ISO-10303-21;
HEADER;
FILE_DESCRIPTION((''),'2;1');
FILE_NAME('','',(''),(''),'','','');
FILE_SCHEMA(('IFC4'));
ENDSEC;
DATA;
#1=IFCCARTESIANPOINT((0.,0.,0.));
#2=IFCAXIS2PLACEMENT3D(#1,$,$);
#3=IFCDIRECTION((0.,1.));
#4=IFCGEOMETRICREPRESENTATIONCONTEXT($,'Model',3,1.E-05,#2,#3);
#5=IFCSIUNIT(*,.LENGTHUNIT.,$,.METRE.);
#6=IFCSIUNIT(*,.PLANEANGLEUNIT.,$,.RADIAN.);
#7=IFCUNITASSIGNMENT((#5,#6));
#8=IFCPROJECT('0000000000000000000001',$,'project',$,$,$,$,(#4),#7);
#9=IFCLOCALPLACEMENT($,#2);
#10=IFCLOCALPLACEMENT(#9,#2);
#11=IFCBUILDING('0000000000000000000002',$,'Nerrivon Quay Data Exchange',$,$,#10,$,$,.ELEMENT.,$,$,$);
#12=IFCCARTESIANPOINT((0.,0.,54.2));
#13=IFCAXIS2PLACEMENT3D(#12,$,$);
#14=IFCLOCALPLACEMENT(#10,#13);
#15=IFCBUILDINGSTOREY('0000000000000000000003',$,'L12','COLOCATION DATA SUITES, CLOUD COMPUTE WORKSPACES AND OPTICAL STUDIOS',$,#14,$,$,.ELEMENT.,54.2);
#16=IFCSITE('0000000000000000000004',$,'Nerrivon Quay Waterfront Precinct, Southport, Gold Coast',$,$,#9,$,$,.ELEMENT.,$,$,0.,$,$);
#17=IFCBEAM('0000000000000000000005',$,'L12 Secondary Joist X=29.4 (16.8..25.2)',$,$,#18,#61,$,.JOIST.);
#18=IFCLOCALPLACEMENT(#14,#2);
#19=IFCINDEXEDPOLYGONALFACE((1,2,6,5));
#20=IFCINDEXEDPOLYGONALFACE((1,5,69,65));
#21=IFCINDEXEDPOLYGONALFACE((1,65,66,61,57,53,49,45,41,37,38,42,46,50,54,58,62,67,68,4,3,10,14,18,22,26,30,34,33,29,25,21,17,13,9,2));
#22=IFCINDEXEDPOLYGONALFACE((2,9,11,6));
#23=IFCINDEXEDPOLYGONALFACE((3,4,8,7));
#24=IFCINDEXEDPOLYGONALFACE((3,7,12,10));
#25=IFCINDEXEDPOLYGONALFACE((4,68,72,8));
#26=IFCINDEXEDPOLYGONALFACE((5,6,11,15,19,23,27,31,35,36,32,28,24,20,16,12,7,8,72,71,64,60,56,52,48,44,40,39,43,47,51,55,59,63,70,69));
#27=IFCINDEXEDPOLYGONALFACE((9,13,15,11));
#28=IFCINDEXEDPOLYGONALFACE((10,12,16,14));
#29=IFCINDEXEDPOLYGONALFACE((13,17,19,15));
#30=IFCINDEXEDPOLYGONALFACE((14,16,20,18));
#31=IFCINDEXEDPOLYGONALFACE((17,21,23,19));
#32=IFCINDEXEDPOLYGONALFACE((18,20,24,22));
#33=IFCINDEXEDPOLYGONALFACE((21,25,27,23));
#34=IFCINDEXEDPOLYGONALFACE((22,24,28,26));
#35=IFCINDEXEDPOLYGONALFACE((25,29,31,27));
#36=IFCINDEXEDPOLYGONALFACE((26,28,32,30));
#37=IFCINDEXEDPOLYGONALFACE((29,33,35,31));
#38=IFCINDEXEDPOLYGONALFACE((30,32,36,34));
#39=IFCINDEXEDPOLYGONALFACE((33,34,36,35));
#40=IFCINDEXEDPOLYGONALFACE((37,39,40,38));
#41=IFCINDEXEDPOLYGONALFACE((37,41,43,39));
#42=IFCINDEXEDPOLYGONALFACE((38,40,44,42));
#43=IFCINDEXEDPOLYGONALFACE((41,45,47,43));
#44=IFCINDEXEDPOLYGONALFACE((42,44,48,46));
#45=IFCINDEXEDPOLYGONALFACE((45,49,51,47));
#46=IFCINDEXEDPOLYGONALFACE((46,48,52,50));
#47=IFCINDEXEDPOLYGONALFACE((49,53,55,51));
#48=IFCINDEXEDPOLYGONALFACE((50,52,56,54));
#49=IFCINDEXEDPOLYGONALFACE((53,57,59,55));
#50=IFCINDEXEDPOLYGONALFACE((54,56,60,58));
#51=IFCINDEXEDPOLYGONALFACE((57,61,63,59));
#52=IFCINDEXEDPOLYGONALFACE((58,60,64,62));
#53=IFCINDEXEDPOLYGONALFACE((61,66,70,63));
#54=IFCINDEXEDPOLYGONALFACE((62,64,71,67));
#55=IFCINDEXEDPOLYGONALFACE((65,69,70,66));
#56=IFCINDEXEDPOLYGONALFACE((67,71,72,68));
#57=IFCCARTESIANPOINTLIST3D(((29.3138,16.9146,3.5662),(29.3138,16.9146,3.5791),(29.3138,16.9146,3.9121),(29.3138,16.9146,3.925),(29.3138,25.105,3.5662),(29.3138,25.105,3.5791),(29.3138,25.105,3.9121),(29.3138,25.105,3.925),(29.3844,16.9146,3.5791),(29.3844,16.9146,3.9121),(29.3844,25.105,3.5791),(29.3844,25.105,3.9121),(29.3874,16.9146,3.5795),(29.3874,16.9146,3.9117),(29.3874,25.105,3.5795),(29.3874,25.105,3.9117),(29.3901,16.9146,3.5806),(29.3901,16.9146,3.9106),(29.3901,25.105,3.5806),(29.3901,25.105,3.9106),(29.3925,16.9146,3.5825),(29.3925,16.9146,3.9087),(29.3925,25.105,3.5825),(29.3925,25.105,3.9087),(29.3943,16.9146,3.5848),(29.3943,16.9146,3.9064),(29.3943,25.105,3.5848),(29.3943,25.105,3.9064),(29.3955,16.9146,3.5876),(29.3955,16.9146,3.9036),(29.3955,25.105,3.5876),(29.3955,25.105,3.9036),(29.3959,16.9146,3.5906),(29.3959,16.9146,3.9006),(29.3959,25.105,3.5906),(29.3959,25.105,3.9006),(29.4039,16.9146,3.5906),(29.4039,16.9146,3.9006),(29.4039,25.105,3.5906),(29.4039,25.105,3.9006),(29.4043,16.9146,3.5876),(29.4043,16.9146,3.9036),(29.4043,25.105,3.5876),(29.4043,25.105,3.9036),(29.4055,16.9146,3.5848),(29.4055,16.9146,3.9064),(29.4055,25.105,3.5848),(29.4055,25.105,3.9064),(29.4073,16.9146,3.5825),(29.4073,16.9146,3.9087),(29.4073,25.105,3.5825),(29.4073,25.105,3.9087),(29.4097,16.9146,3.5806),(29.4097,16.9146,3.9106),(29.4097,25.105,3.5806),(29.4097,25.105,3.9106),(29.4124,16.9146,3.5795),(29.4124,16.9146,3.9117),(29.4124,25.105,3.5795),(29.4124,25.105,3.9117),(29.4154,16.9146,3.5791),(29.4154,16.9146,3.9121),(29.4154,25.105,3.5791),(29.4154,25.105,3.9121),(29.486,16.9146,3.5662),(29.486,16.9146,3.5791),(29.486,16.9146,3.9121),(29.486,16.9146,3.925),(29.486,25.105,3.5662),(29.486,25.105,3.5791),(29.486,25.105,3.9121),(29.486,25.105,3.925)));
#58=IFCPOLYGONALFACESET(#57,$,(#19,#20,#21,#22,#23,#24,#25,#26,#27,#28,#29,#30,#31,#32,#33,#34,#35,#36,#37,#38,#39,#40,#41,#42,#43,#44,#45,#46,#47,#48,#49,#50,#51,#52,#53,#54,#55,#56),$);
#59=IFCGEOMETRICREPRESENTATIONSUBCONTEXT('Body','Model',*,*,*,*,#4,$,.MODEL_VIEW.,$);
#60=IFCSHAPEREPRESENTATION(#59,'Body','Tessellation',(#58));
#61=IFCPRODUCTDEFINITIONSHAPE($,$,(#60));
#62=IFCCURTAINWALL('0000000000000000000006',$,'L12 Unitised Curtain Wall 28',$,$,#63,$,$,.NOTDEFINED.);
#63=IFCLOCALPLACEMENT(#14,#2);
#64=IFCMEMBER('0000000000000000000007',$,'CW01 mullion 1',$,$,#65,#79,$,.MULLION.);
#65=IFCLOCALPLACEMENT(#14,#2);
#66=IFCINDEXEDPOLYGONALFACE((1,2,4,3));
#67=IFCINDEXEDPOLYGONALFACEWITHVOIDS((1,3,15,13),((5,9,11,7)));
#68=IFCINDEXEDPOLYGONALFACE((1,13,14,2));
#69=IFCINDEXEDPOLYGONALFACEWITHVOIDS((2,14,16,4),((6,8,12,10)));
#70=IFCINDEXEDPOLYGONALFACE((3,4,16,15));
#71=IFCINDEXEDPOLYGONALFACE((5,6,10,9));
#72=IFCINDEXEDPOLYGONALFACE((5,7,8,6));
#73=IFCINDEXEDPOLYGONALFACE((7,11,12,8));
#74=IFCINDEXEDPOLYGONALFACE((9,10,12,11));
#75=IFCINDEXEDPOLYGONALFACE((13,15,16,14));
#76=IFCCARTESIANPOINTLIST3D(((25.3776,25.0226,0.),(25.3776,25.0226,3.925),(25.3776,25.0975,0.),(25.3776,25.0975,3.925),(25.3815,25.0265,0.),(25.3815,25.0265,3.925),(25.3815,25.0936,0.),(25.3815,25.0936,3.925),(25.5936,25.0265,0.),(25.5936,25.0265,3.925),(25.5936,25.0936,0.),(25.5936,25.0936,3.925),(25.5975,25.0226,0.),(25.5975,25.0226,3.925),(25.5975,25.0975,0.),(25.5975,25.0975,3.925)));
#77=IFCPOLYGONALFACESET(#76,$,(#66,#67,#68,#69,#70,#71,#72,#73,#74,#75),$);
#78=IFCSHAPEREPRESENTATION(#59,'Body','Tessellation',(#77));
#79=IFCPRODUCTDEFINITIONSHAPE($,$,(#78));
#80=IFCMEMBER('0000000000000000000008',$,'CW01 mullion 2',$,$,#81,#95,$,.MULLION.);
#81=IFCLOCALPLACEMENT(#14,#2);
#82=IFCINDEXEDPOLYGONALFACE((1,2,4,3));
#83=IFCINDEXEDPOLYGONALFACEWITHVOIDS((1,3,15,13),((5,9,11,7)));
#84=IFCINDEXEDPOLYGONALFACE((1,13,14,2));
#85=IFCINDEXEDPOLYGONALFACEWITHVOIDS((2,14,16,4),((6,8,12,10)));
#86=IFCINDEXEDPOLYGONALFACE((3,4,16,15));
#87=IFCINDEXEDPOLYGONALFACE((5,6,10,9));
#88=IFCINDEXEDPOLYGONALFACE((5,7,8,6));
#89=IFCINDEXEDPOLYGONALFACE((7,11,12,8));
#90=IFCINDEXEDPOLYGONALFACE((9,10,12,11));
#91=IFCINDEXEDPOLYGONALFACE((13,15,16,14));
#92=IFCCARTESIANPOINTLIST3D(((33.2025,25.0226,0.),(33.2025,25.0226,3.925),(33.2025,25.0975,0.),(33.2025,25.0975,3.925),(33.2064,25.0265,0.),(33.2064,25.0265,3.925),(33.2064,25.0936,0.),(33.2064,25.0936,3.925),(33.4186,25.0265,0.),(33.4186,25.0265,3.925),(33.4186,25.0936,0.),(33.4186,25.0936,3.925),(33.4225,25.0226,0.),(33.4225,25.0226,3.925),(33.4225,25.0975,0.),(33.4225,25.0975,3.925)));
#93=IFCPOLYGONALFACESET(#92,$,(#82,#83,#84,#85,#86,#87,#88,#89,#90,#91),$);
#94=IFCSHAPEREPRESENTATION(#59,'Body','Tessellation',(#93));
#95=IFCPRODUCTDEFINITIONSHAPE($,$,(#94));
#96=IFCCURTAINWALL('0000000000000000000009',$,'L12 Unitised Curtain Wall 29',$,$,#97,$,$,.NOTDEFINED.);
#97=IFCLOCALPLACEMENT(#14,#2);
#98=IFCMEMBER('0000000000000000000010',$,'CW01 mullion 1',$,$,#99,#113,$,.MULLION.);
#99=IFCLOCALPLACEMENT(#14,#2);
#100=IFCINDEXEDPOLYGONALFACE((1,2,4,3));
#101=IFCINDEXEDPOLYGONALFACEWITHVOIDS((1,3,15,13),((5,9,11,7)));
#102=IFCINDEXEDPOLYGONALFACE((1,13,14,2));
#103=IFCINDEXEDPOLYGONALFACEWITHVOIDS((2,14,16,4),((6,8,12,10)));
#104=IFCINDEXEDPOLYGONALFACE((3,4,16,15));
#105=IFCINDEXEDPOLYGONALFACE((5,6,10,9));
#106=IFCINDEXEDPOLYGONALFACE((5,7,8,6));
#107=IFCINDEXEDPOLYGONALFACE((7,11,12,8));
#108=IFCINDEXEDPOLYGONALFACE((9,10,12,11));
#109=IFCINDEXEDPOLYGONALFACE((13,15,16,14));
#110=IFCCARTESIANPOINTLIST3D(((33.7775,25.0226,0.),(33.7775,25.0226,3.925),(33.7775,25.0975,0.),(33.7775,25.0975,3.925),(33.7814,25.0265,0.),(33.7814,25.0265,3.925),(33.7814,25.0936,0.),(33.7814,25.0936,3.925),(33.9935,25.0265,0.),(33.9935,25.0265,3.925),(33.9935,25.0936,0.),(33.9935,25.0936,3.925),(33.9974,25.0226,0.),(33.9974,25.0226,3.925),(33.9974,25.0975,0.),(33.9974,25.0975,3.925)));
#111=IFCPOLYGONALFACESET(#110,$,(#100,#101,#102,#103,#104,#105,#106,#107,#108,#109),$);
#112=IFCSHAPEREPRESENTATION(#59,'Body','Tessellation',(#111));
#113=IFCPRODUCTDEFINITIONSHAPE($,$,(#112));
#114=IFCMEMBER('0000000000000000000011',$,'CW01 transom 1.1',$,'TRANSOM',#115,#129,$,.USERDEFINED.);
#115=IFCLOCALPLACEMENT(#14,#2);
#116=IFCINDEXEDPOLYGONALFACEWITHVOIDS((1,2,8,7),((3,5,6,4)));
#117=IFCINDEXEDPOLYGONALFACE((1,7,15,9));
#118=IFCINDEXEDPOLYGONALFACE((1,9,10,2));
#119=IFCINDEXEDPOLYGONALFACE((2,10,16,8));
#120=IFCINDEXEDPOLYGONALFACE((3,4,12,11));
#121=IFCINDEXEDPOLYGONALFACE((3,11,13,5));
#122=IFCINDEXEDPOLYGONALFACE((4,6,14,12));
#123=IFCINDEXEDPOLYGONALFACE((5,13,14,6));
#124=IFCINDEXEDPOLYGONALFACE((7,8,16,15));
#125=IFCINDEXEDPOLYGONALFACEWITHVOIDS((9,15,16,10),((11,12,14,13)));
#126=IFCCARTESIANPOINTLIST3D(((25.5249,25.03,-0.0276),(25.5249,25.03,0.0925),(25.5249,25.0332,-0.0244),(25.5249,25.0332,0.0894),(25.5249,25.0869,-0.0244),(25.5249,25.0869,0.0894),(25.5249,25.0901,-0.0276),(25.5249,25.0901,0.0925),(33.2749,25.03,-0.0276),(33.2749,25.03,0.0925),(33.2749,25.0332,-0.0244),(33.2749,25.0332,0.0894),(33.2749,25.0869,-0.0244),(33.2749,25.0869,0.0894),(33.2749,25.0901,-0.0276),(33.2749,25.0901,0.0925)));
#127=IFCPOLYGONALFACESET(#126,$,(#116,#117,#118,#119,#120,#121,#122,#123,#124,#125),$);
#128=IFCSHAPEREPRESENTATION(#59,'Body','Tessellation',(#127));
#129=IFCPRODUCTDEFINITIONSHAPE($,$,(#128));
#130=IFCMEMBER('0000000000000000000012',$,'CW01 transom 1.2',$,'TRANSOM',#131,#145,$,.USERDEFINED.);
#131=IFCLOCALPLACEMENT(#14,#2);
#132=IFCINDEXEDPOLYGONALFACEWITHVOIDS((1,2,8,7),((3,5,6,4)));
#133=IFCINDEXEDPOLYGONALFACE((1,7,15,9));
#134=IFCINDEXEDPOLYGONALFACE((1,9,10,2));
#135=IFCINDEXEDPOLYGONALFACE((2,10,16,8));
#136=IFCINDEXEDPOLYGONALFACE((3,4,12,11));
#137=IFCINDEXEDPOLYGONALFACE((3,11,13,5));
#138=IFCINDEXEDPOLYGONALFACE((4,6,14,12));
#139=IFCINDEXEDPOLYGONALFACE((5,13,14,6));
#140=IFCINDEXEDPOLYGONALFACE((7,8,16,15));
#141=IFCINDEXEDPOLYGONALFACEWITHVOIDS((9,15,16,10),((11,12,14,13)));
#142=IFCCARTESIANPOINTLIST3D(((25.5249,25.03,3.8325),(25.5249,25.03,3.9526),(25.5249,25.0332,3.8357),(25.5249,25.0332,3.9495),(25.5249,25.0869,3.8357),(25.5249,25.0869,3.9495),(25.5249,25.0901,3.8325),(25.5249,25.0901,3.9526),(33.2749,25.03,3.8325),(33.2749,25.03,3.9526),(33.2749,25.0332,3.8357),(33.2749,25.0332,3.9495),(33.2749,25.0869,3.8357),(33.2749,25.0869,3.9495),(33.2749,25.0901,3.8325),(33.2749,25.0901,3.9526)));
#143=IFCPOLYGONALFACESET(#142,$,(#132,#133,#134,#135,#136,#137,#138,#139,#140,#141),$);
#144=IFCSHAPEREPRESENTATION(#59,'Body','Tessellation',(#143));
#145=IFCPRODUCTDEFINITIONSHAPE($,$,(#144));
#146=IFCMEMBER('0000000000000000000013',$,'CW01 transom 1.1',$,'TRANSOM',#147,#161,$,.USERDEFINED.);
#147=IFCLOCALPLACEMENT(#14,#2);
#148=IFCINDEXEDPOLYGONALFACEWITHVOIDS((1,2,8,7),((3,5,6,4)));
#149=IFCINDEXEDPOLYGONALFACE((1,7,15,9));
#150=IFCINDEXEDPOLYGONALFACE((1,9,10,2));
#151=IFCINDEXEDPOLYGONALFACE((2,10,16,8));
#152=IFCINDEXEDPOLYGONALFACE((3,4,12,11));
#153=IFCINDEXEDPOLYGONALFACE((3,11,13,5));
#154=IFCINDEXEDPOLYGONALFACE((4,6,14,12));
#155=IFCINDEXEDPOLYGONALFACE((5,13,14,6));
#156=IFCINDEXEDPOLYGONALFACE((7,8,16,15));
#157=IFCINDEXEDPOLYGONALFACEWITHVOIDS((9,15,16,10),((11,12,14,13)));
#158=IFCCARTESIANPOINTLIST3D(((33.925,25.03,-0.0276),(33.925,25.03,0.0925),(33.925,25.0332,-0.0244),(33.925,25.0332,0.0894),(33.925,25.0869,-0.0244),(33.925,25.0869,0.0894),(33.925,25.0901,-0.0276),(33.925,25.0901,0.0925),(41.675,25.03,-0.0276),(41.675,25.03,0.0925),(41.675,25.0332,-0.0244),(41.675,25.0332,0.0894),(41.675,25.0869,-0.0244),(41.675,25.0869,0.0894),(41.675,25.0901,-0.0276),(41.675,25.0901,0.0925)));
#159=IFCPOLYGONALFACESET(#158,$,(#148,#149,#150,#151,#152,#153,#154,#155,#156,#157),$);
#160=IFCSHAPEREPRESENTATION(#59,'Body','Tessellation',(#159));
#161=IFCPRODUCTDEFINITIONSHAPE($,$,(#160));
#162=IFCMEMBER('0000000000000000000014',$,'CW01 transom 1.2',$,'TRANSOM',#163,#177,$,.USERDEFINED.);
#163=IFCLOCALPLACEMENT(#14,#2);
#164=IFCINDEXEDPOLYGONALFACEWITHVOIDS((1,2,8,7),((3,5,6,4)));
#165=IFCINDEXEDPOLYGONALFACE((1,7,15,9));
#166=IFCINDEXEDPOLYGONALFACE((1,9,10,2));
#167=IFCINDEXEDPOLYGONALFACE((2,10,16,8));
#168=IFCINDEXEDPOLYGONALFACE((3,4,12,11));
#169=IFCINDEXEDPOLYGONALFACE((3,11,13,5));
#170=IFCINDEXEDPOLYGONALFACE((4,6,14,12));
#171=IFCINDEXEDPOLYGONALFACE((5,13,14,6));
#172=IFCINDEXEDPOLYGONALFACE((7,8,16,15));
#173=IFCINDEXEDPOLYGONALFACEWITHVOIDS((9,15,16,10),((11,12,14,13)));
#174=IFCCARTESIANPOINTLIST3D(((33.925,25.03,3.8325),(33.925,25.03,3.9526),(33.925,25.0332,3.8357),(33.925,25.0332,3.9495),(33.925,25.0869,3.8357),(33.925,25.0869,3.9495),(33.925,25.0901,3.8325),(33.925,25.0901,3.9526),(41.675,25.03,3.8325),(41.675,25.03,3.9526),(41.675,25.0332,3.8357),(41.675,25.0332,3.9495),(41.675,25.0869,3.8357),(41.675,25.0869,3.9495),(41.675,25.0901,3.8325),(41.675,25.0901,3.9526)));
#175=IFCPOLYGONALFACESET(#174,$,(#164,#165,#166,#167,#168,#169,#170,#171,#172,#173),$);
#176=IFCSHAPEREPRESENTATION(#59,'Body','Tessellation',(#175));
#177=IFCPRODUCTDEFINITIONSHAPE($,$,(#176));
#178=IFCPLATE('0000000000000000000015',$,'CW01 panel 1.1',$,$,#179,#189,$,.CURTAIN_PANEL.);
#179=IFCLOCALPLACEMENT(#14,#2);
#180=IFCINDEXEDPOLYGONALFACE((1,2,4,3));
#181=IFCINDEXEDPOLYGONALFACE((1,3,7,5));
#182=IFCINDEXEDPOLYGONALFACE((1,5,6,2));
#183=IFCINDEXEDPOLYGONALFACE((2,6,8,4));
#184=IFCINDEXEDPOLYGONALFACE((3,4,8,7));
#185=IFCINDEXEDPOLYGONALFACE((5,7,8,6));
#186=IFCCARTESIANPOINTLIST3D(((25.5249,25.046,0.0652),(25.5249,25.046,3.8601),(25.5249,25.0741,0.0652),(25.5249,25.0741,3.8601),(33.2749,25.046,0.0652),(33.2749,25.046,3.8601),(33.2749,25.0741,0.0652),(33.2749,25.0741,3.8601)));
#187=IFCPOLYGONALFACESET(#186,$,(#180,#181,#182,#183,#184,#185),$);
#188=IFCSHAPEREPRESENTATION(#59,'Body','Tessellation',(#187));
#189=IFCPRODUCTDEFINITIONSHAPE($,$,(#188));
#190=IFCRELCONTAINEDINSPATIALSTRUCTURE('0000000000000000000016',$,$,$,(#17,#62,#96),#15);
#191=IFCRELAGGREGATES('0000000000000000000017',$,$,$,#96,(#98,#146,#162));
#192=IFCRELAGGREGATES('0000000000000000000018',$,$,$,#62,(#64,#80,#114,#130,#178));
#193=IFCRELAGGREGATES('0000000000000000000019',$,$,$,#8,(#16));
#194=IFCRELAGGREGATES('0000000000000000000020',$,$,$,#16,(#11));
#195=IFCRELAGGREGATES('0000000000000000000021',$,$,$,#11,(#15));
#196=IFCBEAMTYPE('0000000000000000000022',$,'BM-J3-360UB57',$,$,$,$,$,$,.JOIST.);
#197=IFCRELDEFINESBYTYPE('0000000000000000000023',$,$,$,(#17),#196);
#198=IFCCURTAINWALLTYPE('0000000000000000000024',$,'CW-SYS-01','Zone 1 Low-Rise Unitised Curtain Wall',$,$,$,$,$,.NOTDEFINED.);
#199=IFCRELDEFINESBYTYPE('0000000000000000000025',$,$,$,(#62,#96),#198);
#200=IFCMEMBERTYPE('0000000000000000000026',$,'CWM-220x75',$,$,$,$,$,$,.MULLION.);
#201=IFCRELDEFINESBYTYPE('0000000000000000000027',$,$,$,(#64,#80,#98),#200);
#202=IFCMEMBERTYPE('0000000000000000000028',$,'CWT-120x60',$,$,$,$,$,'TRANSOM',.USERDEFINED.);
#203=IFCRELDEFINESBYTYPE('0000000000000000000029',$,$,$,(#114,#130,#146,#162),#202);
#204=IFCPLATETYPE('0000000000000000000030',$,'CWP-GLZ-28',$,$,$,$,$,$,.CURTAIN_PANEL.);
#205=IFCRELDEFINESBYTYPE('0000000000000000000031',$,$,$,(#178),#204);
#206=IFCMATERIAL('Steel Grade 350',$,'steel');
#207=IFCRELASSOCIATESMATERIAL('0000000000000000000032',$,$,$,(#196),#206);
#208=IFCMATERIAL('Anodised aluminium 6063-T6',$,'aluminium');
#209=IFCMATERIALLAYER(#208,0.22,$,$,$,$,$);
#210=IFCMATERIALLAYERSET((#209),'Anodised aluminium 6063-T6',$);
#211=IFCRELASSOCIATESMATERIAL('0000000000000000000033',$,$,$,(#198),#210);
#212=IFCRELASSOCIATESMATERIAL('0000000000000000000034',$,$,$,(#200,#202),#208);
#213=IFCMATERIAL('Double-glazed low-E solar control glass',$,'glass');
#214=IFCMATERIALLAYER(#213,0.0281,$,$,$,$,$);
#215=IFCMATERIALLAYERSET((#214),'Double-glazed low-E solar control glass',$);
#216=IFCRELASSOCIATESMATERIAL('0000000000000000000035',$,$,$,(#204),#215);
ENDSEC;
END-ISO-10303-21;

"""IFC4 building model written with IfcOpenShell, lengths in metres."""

from ifc_helpers import new_model, si_unit, direction, frame, origin, origin_2d, place, context, subcontext, project, spatial, rectangle, hollow_rectangle, i_section, extrude, material, layer, layer_set, material_profile, profile_set, type_object, element, aggregate, save


model = new_model("IFC4")

# Units and contexts
model_context = context("Model", 3, precision=1e-05, world=origin(), true_north=direction((0.0, 1.0)))
body_context = subcontext(model_context, "Body", "Model", "MODEL_VIEW")
ifc_project = project(units=[si_unit("LENGTHUNIT", "METRE"), si_unit("PLANEANGLEUNIT", "RADIAN")], contexts=[model_context])

# Site, building, storey
site_placement = place(None, origin())
site = spatial("IfcSite", under=ifc_project, at=site_placement, Name="Nerrivon Quay Waterfront Precinct, Southport, Gold Coast", CompositionType="ELEMENT", RefElevation=0.0)
building_placement = place(site_placement, origin())
building = spatial("IfcBuilding", under=site, at=building_placement, Name="Nerrivon Quay Data Exchange", CompositionType="ELEMENT")
storey_placement = place(building_placement, frame((0.0, 0.0, 54.2)))
storey = spatial("IfcBuildingStorey", under=building, at=storey_placement, Name="L12", Description="COLOCATION DATA SUITES, CLOUD COMPUTE WORKSPACES AND OPTICAL STUDIOS", CompositionType="ELEMENT", Elevation=54.2)

# Beam
ifc_material_1 = material(Name="Steel Grade 350", Category="steel")
ifc_material_profile_1 = material_profile(ifc_material_1, i_section(OverallWidth=0.1721, OverallDepth=0.3589, WebThickness=0.0081, FlangeThickness=0.0129, FilletRadius=0.0115, at=origin_2d()), Name="360UB56.7")
ifc_profile_set_1 = profile_set([ifc_material_profile_1], Name="Steel Grade 350")
beam_type_1 = type_object("IfcBeamType", Name="BM-J3-360UB57", PredefinedType="JOIST", material=ifc_profile_set_1)
beam_1_placement = place(storey_placement, frame((29.3999, 16.9146, 3.7456), z_axis=(0.0, 1.0, 0.0), x_axis=(-1.0, 0.0, 0.0)))
element("IfcBeam", 1, at=beam_1_placement, inside=storey, type_object=beam_type_1, Name="L12 Secondary Joist X=29.4 (16.8..25.2)", PredefinedType="JOIST", context=body_context, shape_type="SweptSolid", body=[
    extrude(i_section(OverallWidth=0.1721, OverallDepth=0.3589, WebThickness=0.0081, FlangeThickness=0.0129, FilletRadius=0.0115, at=origin_2d()), origin(), (0.0, 0.0, 1.0), 8.1904),
])

# Curtain wall, members
ifc_material_2 = material(Name="Anodised aluminium 6063-T6", Category="aluminium")
ifc_layer_1 = layer(ifc_material_2, 0.22)
ifc_layer_set_1 = layer_set([ifc_layer_1], Name="Anodised aluminium 6063-T6")
curtain_wall_type = type_object("IfcCurtainWallType", Name="CW-SYS-01", Description="Zone 1 Low-Rise Unitised Curtain Wall", PredefinedType="NOTDEFINED", material=ifc_layer_set_1)
curtain_wall_1_placement = place(storey_placement, origin())
curtain_wall_1 = element("IfcCurtainWall", 2, at=curtain_wall_1_placement, inside=storey, type_object=curtain_wall_type, Name="L12 Unitised Curtain Wall 28", PredefinedType="NOTDEFINED")
ifc_material_profile_2 = material_profile(ifc_material_2, hollow_rectangle(XDim=0.075, YDim=0.22, WallThickness=0.0039, at=origin_2d()), Name="ALU-MULL-220x75")
ifc_profile_set_2 = profile_set([ifc_material_profile_2], Name="Anodised aluminium 6063-T6")
member_type_1 = type_object("IfcMemberType", Name="CWM-220x75", PredefinedType="MULLION", material=ifc_profile_set_2)
member_1_placement = place(storey_placement, frame((25.4875, 25.0601, 0.0), z_axis=(0.0, 0.0, 1.0), x_axis=(0.0, 1.0, 0.0)))
member_1 = element("IfcMember", 3, at=member_1_placement, type_object=member_type_1, Name="CW01 mullion 1", PredefinedType="MULLION", context=body_context, shape_type="SweptSolid", body=[
    extrude(hollow_rectangle(XDim=0.075, YDim=0.22, WallThickness=0.0039, at=origin_2d()), origin(), (0.0, 0.0, 1.0), 3.925),
])
member_2_placement = place(storey_placement, frame((33.3125, 25.0601, 0.0), z_axis=(0.0, 0.0, 1.0), x_axis=(0.0, 1.0, 0.0)))
member_2 = element("IfcMember", 4, at=member_2_placement, type_object=member_type_1, Name="CW01 mullion 2", PredefinedType="MULLION", context=body_context, shape_type="SweptSolid", body=[
    extrude(hollow_rectangle(XDim=0.075, YDim=0.22, WallThickness=0.0039, at=origin_2d()), origin(), (0.0, 0.0, 1.0), 3.925),
])

# Curtain wall, member
curtain_wall_2_placement = place(storey_placement, origin())
curtain_wall_2 = element("IfcCurtainWall", 5, at=curtain_wall_2_placement, inside=storey, type_object=curtain_wall_type, Name="L12 Unitised Curtain Wall 29", PredefinedType="NOTDEFINED")
member_3_placement = place(storey_placement, frame((33.8875, 25.0601, 0.0), z_axis=(0.0, 0.0, 1.0), x_axis=(0.0, 1.0, 0.0)))
member_3 = element("IfcMember", 6, at=member_3_placement, type_object=member_type_1, Name="CW01 mullion 1", PredefinedType="MULLION", context=body_context, shape_type="SweptSolid", body=[
    extrude(hollow_rectangle(XDim=0.075, YDim=0.22, WallThickness=0.0039, at=origin_2d()), origin(), (0.0, 0.0, 1.0), 3.925),
])

# Members
ifc_material_profile_3 = material_profile(ifc_material_2, hollow_rectangle(XDim=0.0601, YDim=0.1201, WallThickness=0.0032, at=origin_2d()), Name="ALU-TRAN-120x60")
ifc_profile_set_3 = profile_set([ifc_material_profile_3], Name="Anodised aluminium 6063-T6")
member_type_2 = type_object("IfcMemberType", Name="CWT-120x60", ElementType="TRANSOM", PredefinedType="USERDEFINED", material=ifc_profile_set_3)
member_4_placement = place(storey_placement, frame((25.5249, 25.0601, 0.0325), z_axis=(1.0, 0.0, 0.0), x_axis=(0.0, 1.0, 0.0)))
member_4 = element("IfcMember", 7, at=member_4_placement, type_object=member_type_2, Name="CW01 transom 1.1", ObjectType="TRANSOM", PredefinedType="USERDEFINED", context=body_context, shape_type="SweptSolid", body=[
    extrude(hollow_rectangle(XDim=0.0601, YDim=0.1201, WallThickness=0.0032, at=origin_2d()), origin(), (0.0, 0.0, 1.0), 7.75),
])
member_5_placement = place(storey_placement, frame((25.5249, 25.0601, 3.8926), z_axis=(1.0, 0.0, 0.0), x_axis=(0.0, 1.0, 0.0)))
member_5 = element("IfcMember", 8, at=member_5_placement, type_object=member_type_2, Name="CW01 transom 1.2", ObjectType="TRANSOM", PredefinedType="USERDEFINED", context=body_context, shape_type="SweptSolid", body=[
    extrude(hollow_rectangle(XDim=0.0601, YDim=0.1201, WallThickness=0.0032, at=origin_2d()), origin(), (0.0, 0.0, 1.0), 7.75),
])
member_6_placement = place(storey_placement, frame((33.925, 25.0601, 0.0325), z_axis=(1.0, 0.0, 0.0), x_axis=(0.0, 1.0, 0.0)))
member_6 = element("IfcMember", 9, at=member_6_placement, type_object=member_type_2, Name="CW01 transom 1.1", ObjectType="TRANSOM", PredefinedType="USERDEFINED", context=body_context, shape_type="SweptSolid", body=[
    extrude(hollow_rectangle(XDim=0.0601, YDim=0.1201, WallThickness=0.0032, at=origin_2d()), origin(), (0.0, 0.0, 1.0), 7.75),
])
member_7_placement = place(storey_placement, frame((33.925, 25.0601, 3.8926), z_axis=(1.0, 0.0, 0.0), x_axis=(0.0, 1.0, 0.0)))
member_7 = element("IfcMember", 10, at=member_7_placement, type_object=member_type_2, Name="CW01 transom 1.2", ObjectType="TRANSOM", PredefinedType="USERDEFINED", context=body_context, shape_type="SweptSolid", body=[
    extrude(hollow_rectangle(XDim=0.0601, YDim=0.1201, WallThickness=0.0032, at=origin_2d()), origin(), (0.0, 0.0, 1.0), 7.75),
])
aggregate(curtain_wall_2, [member_3, member_6, member_7])

# Plate
ifc_material_3 = material(Name="Double-glazed low-E solar control glass", Category="glass")
ifc_layer_2 = layer(ifc_material_3, 0.0281)
ifc_layer_set_2 = layer_set([ifc_layer_2], Name="Double-glazed low-E solar control glass")
plate_type = type_object("IfcPlateType", Name="CWP-GLZ-28", PredefinedType="CURTAIN_PANEL", material=ifc_layer_set_2)
plate_placement = place(storey_placement, frame((29.3999, 25.0601, 0.0652), z_axis=(0.0, 0.0, 1.0), x_axis=(1.0, 0.0, 0.0)))
plate = element("IfcPlate", 11, at=plate_placement, type_object=plate_type, Name="CW01 panel 1.1", PredefinedType="CURTAIN_PANEL", context=body_context, shape_type="SweptSolid", body=[
    extrude(rectangle(XDim=7.75, YDim=0.0281, at=origin_2d()), origin(), (0.0, 0.0, 1.0), 3.7949),
])
aggregate(curtain_wall_1, [member_1, member_2, member_4, member_5, plate])

save(model, "model.ifc")
